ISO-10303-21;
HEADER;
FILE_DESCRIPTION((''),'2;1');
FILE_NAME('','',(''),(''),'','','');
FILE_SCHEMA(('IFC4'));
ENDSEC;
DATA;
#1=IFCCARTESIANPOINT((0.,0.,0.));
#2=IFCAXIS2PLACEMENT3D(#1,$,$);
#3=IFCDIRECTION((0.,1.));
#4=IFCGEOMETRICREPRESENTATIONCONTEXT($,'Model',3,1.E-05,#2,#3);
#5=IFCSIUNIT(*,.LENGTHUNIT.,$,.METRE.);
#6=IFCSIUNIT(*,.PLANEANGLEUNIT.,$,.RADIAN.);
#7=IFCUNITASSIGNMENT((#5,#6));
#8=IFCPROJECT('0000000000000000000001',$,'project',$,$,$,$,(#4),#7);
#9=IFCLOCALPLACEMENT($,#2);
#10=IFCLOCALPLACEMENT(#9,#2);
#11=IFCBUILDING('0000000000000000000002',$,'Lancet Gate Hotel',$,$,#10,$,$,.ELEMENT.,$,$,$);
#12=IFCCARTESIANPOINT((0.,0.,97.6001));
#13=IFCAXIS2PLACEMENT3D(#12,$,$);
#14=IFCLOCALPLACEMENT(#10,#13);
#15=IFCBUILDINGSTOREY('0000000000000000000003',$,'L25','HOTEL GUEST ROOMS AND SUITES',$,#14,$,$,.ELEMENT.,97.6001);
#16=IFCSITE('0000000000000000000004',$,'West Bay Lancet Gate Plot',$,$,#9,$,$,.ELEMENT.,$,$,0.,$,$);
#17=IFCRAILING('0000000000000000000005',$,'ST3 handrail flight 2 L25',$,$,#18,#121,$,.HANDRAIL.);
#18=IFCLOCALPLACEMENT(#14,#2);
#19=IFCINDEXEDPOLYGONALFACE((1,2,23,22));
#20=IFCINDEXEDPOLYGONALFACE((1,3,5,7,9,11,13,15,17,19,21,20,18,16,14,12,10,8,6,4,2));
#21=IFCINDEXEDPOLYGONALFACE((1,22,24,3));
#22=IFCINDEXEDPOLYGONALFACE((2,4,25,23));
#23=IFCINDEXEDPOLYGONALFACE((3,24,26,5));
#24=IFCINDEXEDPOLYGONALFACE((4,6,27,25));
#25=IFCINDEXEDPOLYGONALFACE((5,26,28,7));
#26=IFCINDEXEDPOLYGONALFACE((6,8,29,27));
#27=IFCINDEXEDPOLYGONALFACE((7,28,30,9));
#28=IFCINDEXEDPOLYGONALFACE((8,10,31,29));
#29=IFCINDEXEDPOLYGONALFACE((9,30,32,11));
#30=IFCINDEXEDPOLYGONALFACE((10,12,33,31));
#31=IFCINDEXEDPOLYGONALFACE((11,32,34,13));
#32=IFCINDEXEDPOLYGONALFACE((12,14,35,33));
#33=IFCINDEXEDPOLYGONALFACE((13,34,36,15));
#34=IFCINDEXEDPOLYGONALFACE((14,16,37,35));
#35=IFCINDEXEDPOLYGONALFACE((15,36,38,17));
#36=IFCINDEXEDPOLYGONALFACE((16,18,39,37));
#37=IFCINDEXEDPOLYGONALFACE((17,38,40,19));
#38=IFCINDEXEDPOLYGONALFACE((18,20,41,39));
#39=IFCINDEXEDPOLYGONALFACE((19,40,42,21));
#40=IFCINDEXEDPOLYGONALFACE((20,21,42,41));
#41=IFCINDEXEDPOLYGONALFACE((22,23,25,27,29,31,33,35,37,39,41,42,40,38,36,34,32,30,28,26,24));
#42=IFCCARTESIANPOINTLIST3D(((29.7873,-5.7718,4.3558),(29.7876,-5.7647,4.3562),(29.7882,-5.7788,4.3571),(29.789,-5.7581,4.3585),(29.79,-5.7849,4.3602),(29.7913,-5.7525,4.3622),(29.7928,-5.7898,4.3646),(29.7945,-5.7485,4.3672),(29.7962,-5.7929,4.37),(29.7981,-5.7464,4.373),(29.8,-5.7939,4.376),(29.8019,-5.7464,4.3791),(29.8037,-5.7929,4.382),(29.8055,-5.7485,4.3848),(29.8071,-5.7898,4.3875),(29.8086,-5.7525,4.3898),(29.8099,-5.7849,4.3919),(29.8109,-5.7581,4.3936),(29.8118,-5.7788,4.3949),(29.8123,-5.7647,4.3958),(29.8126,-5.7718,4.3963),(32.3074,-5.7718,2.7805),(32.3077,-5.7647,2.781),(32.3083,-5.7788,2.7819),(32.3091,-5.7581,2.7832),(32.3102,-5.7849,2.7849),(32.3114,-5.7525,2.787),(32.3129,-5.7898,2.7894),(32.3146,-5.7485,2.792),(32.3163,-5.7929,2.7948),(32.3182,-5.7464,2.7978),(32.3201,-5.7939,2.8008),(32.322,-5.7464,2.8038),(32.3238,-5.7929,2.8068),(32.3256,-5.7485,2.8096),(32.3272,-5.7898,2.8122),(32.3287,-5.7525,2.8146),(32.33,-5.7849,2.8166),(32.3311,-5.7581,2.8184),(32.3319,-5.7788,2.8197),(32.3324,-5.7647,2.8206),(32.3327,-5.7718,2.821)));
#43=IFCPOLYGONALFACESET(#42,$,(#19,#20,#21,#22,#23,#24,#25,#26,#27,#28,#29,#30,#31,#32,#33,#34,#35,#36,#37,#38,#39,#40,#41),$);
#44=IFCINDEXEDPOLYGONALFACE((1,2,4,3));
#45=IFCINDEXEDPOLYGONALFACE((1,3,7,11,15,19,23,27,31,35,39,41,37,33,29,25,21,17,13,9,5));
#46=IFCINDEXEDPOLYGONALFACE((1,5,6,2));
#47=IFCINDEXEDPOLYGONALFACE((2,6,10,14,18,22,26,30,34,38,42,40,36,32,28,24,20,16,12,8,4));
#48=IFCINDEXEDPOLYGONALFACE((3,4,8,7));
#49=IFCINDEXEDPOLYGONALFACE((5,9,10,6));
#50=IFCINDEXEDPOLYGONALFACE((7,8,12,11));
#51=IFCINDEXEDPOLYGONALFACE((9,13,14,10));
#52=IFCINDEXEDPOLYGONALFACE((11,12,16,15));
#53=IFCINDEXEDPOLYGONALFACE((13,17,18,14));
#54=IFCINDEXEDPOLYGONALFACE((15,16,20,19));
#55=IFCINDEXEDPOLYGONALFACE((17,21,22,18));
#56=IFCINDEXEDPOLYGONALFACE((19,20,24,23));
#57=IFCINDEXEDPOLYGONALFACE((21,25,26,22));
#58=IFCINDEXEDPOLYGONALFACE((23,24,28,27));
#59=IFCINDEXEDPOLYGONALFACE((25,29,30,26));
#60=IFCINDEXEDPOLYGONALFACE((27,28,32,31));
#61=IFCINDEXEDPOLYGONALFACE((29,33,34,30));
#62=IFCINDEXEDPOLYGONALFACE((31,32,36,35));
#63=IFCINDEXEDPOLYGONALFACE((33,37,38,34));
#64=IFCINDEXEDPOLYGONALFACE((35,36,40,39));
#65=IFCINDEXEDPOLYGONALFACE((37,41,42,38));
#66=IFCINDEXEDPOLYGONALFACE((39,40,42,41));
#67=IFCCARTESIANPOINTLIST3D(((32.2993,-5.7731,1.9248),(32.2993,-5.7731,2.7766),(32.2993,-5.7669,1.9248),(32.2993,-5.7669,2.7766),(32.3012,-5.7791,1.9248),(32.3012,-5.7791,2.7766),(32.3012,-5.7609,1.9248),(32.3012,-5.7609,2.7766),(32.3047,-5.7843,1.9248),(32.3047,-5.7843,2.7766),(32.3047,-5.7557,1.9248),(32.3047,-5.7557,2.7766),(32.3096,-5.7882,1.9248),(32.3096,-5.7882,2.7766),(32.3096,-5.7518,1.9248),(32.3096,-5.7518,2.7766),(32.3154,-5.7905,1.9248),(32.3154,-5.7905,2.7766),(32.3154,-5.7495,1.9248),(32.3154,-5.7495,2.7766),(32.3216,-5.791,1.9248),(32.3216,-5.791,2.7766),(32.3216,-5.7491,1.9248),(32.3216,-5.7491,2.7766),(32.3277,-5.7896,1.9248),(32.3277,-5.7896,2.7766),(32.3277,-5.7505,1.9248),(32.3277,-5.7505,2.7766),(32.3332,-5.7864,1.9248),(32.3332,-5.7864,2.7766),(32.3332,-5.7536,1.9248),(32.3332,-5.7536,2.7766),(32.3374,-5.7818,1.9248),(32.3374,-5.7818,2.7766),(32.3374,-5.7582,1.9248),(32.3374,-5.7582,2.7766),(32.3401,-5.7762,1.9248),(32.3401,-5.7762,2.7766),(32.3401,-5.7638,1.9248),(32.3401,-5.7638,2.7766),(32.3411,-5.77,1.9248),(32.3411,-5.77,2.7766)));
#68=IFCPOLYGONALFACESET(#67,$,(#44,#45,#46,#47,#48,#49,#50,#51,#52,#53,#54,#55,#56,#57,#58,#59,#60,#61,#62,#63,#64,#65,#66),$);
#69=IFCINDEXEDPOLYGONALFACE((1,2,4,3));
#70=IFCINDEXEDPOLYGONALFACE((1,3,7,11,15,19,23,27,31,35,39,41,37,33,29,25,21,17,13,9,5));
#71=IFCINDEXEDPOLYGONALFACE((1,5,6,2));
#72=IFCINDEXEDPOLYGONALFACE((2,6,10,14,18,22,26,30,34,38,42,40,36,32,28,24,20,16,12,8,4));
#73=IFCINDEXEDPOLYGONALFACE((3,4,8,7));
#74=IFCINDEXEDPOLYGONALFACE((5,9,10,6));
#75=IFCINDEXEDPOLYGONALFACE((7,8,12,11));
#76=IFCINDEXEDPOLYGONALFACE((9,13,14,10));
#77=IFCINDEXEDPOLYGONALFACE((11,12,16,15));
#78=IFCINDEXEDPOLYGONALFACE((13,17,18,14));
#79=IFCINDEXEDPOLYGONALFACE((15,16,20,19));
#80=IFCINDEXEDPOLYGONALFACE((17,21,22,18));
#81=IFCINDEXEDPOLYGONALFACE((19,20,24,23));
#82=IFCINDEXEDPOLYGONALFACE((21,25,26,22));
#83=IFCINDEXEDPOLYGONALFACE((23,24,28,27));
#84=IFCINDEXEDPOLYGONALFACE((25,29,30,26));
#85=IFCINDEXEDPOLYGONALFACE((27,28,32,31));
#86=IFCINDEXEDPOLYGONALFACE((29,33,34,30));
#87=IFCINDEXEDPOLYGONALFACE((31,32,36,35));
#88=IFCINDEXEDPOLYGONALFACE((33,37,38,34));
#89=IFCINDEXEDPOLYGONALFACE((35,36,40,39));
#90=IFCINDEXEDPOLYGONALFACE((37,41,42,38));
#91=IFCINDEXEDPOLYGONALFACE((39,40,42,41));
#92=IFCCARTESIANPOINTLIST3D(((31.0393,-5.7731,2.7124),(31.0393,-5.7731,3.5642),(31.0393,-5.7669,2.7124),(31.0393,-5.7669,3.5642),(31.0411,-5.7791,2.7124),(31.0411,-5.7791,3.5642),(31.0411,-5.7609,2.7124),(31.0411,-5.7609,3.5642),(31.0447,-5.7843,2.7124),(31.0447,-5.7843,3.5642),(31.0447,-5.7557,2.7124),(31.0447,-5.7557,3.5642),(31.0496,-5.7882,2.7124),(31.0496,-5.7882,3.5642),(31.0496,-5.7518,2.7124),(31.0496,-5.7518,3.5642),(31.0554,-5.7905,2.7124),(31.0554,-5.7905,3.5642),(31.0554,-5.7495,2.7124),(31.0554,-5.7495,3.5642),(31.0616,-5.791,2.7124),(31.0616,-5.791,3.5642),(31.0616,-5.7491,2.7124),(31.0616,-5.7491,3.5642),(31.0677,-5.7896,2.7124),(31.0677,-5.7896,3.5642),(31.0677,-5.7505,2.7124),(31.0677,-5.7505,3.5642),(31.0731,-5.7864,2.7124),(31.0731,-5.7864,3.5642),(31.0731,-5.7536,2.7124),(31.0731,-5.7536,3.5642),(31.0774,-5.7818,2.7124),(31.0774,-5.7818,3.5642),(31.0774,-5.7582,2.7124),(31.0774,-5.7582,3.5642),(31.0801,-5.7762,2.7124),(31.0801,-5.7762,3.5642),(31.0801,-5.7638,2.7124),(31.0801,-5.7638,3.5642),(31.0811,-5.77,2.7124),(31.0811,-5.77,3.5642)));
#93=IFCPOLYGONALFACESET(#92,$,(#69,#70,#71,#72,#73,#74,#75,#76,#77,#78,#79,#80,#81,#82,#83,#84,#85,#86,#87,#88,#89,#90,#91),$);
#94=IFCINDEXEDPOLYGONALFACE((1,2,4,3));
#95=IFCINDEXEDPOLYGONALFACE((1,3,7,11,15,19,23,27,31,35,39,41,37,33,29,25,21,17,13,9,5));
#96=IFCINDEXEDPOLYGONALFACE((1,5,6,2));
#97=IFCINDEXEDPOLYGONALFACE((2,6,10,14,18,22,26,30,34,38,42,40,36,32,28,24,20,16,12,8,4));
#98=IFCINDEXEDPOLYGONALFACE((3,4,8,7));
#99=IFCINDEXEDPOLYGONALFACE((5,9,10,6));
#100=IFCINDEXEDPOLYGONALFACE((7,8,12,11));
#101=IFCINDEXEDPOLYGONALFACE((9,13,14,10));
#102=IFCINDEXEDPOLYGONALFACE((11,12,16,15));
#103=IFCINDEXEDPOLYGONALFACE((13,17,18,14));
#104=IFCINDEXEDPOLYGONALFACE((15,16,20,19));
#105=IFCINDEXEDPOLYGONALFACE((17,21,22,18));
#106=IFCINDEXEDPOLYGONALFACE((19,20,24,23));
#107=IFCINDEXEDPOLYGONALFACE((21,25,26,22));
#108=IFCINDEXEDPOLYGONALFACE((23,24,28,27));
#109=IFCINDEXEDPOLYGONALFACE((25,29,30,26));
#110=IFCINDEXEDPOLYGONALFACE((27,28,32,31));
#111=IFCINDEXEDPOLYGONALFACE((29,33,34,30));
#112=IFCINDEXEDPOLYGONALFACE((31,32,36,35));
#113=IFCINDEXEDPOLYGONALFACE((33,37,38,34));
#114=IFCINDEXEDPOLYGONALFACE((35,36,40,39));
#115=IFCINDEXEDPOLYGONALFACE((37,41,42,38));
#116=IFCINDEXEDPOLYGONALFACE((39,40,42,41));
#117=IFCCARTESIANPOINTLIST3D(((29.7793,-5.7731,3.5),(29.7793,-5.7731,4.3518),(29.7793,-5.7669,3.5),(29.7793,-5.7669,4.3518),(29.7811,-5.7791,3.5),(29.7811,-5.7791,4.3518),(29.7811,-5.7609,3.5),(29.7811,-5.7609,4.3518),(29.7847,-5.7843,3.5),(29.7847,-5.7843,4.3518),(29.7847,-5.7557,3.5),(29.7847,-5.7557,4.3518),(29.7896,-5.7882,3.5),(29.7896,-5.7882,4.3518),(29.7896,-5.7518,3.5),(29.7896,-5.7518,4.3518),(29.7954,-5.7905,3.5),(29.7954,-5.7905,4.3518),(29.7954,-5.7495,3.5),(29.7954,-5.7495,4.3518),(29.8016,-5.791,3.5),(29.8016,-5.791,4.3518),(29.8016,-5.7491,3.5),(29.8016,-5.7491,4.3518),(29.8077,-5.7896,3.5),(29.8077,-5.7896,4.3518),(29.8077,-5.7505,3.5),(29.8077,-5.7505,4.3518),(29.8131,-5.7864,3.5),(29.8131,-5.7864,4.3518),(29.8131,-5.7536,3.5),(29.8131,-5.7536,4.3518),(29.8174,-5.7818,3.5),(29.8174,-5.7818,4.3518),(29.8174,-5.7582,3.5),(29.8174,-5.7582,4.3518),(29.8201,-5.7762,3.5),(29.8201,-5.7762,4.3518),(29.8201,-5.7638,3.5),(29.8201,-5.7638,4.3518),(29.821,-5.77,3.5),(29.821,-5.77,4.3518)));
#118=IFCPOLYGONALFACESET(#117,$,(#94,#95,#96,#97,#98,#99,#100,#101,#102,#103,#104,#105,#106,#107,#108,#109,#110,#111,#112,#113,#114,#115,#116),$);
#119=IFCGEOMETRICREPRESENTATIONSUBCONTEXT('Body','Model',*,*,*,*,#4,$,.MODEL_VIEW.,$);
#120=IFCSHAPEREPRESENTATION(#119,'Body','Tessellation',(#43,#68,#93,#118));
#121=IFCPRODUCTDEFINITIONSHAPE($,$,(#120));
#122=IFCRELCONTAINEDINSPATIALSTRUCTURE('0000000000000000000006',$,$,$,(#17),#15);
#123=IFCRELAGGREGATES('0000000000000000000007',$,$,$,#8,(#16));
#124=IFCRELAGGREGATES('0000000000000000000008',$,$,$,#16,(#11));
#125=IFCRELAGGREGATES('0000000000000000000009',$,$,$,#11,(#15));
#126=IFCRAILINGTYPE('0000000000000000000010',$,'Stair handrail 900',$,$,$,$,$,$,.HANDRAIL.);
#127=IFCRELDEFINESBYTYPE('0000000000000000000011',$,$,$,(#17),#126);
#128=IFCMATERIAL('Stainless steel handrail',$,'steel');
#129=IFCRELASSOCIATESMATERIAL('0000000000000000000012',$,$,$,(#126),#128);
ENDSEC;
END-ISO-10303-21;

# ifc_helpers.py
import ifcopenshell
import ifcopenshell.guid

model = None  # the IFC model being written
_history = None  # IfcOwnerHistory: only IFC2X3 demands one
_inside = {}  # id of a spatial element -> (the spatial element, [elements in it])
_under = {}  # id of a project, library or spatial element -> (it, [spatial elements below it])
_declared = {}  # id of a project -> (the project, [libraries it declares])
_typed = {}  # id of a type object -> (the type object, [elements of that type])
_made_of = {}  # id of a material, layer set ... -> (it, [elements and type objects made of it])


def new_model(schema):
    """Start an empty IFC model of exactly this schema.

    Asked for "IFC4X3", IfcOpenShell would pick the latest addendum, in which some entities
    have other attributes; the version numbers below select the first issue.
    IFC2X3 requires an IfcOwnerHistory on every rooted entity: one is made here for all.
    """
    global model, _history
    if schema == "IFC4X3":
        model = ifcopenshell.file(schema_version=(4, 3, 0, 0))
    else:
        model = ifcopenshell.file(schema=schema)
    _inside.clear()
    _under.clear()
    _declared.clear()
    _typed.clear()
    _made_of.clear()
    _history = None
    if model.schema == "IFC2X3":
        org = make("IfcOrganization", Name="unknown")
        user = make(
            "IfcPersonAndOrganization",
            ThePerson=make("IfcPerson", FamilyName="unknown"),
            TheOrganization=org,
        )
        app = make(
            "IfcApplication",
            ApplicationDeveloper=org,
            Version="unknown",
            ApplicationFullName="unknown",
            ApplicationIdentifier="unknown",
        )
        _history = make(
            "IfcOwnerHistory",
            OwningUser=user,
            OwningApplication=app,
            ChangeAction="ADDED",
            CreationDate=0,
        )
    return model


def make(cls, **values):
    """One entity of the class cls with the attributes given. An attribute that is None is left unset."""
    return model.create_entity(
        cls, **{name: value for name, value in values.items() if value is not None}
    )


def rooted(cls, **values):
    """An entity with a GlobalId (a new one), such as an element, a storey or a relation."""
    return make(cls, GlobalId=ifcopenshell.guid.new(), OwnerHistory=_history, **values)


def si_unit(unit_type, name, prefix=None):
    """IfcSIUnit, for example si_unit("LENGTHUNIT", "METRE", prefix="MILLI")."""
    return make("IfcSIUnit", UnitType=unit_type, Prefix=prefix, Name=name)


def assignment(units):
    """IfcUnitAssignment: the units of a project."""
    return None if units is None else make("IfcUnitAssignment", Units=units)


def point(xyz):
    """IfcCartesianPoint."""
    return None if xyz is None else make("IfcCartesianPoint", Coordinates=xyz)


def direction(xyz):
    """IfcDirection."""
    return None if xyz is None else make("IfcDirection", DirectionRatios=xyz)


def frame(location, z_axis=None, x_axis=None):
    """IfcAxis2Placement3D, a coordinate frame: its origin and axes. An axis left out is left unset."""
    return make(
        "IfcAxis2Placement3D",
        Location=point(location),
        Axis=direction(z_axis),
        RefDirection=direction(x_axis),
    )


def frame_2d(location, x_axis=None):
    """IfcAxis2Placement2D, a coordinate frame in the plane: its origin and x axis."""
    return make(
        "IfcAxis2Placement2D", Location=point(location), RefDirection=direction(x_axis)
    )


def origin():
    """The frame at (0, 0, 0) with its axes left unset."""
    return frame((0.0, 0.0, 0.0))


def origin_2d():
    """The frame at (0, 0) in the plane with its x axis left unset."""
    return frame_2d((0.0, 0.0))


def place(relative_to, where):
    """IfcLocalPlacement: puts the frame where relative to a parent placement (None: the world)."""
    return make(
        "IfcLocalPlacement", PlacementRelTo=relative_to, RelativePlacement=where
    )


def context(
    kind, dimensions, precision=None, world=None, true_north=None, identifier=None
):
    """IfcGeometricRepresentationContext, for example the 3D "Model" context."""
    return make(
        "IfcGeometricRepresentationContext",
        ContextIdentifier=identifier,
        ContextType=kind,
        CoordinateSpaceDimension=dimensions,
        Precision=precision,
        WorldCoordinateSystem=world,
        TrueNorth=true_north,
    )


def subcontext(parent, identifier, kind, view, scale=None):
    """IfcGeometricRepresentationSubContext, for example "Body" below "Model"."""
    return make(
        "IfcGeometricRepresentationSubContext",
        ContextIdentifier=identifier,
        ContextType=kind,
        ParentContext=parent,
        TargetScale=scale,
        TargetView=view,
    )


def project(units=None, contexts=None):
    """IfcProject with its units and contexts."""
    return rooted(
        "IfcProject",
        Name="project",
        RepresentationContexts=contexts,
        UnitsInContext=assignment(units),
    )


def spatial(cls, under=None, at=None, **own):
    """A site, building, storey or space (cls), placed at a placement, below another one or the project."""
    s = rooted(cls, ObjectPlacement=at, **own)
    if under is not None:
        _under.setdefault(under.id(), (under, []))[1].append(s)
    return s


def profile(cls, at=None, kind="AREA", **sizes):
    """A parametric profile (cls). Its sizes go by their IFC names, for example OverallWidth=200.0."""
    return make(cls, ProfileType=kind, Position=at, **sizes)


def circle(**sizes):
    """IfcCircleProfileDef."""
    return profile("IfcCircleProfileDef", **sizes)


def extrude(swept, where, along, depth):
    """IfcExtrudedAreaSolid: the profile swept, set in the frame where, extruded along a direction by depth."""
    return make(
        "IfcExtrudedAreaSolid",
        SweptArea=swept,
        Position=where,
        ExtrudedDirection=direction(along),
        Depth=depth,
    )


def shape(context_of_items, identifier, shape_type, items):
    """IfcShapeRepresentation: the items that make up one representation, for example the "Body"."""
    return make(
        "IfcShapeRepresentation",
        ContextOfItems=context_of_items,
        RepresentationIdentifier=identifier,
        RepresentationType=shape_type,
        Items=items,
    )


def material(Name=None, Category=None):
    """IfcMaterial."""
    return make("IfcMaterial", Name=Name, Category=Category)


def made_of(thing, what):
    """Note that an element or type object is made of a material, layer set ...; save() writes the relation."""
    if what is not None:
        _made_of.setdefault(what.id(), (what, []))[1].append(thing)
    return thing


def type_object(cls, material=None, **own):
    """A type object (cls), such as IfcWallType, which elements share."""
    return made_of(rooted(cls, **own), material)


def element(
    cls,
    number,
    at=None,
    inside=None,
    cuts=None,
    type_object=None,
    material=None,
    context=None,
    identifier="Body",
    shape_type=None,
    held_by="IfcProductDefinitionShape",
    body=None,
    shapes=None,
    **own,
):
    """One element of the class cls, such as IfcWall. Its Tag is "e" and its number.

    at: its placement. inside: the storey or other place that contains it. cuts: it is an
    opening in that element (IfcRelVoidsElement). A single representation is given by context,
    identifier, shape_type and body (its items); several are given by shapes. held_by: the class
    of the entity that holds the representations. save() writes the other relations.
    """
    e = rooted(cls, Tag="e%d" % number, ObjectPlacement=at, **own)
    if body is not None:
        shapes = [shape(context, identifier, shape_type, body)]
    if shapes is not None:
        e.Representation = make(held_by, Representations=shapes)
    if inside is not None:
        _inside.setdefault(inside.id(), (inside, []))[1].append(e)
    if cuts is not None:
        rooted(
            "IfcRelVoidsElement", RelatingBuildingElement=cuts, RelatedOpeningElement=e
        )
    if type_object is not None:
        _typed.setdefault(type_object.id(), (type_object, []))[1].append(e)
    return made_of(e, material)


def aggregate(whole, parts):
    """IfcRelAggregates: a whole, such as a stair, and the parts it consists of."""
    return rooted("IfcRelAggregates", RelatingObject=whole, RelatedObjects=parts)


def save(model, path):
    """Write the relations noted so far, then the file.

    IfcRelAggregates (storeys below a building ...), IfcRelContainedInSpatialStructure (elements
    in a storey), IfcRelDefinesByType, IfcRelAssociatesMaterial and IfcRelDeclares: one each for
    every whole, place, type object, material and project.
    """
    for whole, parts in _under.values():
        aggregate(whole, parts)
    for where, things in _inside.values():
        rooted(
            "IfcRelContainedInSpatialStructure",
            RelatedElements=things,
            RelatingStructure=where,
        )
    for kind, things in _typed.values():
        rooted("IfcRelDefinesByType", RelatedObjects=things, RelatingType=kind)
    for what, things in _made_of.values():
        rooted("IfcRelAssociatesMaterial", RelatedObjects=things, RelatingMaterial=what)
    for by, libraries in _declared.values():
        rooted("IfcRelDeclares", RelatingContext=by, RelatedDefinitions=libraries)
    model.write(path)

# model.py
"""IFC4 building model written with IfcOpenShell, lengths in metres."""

from ifc_helpers import new_model, si_unit, direction, frame, origin, origin_2d, place, context, subcontext, project, spatial, circle, extrude, material, type_object, element, save


model = new_model("IFC4")

# Units and contexts
model_context = context("Model", 3, precision=1e-05, world=origin(), true_north=direction((0.0, 1.0)))
body_context = subcontext(model_context, "Body", "Model", "MODEL_VIEW")
ifc_project = project(units=[si_unit("LENGTHUNIT", "METRE"), si_unit("PLANEANGLEUNIT", "RADIAN")], contexts=[model_context])

# Site, building, storey
site_placement = place(None, origin())
site = spatial("IfcSite", under=ifc_project, at=site_placement, Name="West Bay Lancet Gate Plot", CompositionType="ELEMENT", RefElevation=0.0)
building_placement = place(site_placement, origin())
building = spatial("IfcBuilding", under=site, at=building_placement, Name="Lancet Gate Hotel", CompositionType="ELEMENT")
storey_placement = place(building_placement, frame((0.0, 0.0, 97.6001)))
storey = spatial("IfcBuildingStorey", under=building, at=storey_placement, Name="L25", Description="HOTEL GUEST ROOMS AND SUITES", CompositionType="ELEMENT", Elevation=97.6001)

# Railing
ifc_material_1 = material(Name="Stainless steel handrail", Category="steel")
railing_type = type_object("IfcRailingType", Name="Stair handrail 900", PredefinedType="HANDRAIL", material=ifc_material_1)
railing_1_placement = place(storey_placement, frame((32.3201, -5.77, 1.9248)))
element("IfcRailing", 1, at=railing_1_placement, inside=storey, type_object=railing_type, Name="ST3 handrail flight 2 L25", PredefinedType="HANDRAIL", context=body_context, shape_type="SweptSolid", body=[
    extrude(circle(Radius=0.0239, at=origin_2d()), frame((0.0, 0.0, 0.876), z_axis=(-0.847971, 0.0, 0.530043), x_axis=(0.0, -1.0, 0.0)), (0.0, 0.0, 1.0), 2.9719),
    extrude(circle(Radius=0.021, at=origin_2d()), origin(), (0.0, 0.0, 1.0), 0.8518),
    extrude(circle(Radius=0.021, at=origin_2d()), frame((-1.26, 0.0, 0.7876)), (0.0, 0.0, 1.0), 0.8518),
    extrude(circle(Radius=0.021, at=origin_2d()), frame((-2.52, 0.0, 1.5752)), (0.0, 0.0, 1.0), 0.8518),
])

save(model, "model.ifc")
